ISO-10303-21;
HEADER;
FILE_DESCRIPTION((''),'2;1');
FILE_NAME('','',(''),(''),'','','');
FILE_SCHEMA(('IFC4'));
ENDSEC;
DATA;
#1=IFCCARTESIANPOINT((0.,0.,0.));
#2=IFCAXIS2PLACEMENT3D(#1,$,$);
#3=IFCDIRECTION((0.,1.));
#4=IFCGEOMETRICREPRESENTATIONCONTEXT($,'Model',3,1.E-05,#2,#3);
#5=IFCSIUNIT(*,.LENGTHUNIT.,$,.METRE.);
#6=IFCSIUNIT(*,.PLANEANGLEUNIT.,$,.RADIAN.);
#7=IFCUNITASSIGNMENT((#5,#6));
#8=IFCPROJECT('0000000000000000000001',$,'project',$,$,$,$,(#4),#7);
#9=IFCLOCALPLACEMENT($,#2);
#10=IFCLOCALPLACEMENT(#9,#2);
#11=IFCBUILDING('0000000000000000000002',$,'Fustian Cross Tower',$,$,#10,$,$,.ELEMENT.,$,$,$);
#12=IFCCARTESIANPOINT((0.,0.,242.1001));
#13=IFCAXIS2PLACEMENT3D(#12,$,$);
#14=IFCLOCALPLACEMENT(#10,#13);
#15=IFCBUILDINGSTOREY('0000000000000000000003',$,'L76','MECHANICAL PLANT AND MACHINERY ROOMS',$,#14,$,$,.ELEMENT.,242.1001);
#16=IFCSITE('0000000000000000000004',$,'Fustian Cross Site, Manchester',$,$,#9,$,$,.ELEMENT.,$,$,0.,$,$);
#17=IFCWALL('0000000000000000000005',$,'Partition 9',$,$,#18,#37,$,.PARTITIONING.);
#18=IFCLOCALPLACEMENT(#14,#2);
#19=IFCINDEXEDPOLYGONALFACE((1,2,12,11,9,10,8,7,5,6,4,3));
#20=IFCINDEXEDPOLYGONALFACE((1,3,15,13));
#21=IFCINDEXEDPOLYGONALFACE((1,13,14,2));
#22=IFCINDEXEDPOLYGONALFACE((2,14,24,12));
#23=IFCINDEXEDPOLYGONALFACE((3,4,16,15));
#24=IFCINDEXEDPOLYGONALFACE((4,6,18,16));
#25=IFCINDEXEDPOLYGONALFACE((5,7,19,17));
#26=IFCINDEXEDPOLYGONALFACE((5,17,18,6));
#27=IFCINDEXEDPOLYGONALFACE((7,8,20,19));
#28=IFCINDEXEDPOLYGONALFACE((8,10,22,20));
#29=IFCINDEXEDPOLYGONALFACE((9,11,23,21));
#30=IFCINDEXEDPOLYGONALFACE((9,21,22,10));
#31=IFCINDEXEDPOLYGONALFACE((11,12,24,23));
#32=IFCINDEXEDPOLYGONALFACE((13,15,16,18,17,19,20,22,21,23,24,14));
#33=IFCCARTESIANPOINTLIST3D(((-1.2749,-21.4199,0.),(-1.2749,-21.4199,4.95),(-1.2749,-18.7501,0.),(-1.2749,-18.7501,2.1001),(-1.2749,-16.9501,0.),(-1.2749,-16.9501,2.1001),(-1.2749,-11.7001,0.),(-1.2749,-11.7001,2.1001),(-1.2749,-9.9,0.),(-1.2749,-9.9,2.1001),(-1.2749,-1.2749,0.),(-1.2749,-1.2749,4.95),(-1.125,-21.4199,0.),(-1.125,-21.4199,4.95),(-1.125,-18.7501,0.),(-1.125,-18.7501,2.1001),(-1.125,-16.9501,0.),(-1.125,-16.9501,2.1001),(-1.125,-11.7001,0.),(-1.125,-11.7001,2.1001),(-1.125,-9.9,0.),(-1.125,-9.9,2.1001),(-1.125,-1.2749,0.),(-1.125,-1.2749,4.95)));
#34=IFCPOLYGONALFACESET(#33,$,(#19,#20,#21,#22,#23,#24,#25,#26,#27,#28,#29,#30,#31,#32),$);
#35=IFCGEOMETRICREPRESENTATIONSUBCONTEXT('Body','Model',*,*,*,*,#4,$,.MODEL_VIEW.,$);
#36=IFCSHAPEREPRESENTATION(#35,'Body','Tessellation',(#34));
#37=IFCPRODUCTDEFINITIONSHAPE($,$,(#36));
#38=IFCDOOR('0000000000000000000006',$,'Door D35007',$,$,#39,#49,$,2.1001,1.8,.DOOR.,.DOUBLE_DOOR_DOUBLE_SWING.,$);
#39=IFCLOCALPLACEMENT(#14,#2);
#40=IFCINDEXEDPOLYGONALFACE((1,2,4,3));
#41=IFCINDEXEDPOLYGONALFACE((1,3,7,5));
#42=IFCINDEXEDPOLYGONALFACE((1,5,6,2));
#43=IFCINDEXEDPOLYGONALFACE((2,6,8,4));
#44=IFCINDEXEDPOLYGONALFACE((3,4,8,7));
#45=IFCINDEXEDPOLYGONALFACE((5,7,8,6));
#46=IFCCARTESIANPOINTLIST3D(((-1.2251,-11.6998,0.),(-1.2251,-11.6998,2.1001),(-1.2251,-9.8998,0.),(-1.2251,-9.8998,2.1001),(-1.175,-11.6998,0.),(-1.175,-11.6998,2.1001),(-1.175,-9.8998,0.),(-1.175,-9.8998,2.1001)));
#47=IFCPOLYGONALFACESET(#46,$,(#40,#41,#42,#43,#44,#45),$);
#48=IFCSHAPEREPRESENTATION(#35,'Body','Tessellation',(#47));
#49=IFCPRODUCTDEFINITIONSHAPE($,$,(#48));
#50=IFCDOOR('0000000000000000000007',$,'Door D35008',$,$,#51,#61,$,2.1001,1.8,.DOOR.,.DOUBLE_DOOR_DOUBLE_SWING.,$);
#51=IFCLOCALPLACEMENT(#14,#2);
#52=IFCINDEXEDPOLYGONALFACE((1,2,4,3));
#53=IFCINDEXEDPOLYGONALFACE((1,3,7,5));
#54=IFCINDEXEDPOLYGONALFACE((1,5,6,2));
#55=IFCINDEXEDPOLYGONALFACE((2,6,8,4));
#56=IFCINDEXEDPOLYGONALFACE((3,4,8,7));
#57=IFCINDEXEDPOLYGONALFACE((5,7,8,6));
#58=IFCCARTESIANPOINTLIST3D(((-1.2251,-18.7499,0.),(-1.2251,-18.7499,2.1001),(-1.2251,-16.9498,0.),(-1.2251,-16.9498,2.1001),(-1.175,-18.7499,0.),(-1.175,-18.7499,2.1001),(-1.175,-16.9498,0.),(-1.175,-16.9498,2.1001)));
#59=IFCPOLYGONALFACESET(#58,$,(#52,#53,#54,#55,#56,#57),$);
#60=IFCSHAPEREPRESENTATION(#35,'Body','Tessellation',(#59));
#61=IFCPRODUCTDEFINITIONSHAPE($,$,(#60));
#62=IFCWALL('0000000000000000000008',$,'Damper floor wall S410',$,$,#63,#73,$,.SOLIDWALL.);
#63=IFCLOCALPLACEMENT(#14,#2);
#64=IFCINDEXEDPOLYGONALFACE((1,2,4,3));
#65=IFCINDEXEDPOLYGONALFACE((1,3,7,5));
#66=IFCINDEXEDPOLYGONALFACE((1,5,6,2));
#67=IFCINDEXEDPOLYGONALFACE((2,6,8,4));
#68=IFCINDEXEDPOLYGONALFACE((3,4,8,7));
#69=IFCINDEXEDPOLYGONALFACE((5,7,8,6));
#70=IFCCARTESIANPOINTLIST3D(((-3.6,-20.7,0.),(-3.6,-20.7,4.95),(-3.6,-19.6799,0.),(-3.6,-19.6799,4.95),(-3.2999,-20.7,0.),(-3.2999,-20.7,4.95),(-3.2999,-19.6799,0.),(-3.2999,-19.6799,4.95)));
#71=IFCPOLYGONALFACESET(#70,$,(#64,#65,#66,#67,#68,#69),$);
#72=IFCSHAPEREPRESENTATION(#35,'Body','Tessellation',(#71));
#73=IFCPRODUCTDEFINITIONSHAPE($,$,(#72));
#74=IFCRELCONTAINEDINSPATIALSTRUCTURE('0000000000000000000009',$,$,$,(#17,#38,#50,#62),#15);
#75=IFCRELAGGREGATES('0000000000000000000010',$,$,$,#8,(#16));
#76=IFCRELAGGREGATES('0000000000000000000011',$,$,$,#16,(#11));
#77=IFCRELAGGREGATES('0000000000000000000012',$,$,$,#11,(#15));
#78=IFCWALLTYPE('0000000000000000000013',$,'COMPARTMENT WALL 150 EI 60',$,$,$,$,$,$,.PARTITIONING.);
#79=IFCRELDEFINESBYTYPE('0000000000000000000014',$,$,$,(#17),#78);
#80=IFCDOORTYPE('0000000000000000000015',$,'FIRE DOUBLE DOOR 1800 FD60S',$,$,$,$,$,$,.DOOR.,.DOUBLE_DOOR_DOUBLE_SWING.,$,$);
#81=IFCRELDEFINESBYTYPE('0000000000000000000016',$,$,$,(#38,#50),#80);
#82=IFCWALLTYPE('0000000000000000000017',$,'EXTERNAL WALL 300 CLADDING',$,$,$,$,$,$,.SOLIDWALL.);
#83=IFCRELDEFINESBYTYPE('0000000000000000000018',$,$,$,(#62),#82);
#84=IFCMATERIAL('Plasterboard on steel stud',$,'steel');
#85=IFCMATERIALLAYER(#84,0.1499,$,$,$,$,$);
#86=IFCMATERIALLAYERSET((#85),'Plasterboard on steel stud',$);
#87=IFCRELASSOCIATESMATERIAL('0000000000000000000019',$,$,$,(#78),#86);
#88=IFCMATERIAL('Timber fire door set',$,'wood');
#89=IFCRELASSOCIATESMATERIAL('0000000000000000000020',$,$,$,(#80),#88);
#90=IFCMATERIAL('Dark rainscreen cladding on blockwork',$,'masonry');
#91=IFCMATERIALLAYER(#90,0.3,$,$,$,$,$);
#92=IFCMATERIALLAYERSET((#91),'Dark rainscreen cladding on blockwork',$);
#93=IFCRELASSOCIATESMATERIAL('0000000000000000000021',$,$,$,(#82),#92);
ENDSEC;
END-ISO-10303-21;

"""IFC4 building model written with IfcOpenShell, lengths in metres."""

from ifc_helpers import new_model, si_unit, direction, frame, frame_2d, origin, place, context, subcontext, project, spatial, rectangle, extrude, material, layer, layer_set, type_object, element, fill, save


model = new_model("IFC4")

# Units and contexts
model_context = context("Model", 3, precision=1e-05, world=origin(), true_north=direction((0.0, 1.0)))
body_context = subcontext(model_context, "Body", "Model", "MODEL_VIEW")
ifc_project = project(units=[si_unit("LENGTHUNIT", "METRE"), si_unit("PLANEANGLEUNIT", "RADIAN")], contexts=[model_context])

# Site, building, storey
site_placement = place(None, origin())
site = spatial("IfcSite", under=ifc_project, at=site_placement, Name="Fustian Cross Site, Manchester", CompositionType="ELEMENT", RefElevation=0.0)
building_placement = place(site_placement, origin())
building = spatial("IfcBuilding", under=site, at=building_placement, Name="Fustian Cross Tower", CompositionType="ELEMENT")
storey_placement = place(building_placement, frame((0.0, 0.0, 242.1001)))
storey = spatial("IfcBuildingStorey", under=building, at=storey_placement, Name="L76", Description="MECHANICAL PLANT AND MACHINERY ROOMS", CompositionType="ELEMENT", Elevation=242.1001)

# Wall, openings, doors
ifc_material_1 = material(Name="Plasterboard on steel stud", Category="steel")
ifc_layer_1 = layer(ifc_material_1, 0.1499)
ifc_layer_set_1 = layer_set([ifc_layer_1], Name="Plasterboard on steel stud")
wall_type_1 = type_object("IfcWallType", Name="COMPARTMENT WALL 150 EI 60", PredefinedType="PARTITIONING", material=ifc_layer_set_1)
wall_1_placement = place(storey_placement, frame((-1.2, -21.4199, 0.0), z_axis=(0.0, 0.0, 1.0), x_axis=(0.0, 1.0, 0.0)))
wall_1 = element("IfcWall", 1, at=wall_1_placement, inside=storey, type_object=wall_type_1, Name="Partition 9", PredefinedType="PARTITIONING", context=body_context, shape_type="SweptSolid", body=[
    extrude(rectangle(XDim=20.145, YDim=0.1499, at=frame_2d((10.0725, 0.0))), origin(), (0.0, 0.0, 1.0), 4.95),
])
opening_1_placement = place(wall_1_placement, frame((9.72, 0.0, 0.0)))
opening_1 = element("IfcOpeningElement", 2, at=opening_1_placement, cuts=wall_1, PredefinedType="OPENING", context=body_context, shape_type="SweptSolid", body=[
    extrude(rectangle(XDim=1.8, YDim=2.1001, at=frame_2d((0.8999, 1.05))), frame((0.0, 0.085, 0.0), z_axis=(0.0, -1.0, 0.0), x_axis=(1.0, 0.0, 0.0)), (0.0, 0.0, 1.0), 0.1699),
])
opening_2_placement = place(wall_1_placement, frame((2.6699, 0.0, 0.0)))
opening_2 = element("IfcOpeningElement", 3, at=opening_2_placement, cuts=wall_1, PredefinedType="OPENING", context=body_context, shape_type="SweptSolid", body=[
    extrude(rectangle(XDim=1.8, YDim=2.1001, at=frame_2d((0.8999, 1.05))), frame((0.0, 0.085, 0.0), z_axis=(0.0, -1.0, 0.0), x_axis=(1.0, 0.0, 0.0)), (0.0, 0.0, 1.0), 0.1699),
])
ifc_material_2 = material(Name="Timber fire door set", Category="wood")
door_type = type_object("IfcDoorType", Name="FIRE DOUBLE DOOR 1800 FD60S", OperationType="DOUBLE_DOOR_DOUBLE_SWING", PredefinedType="DOOR", material=ifc_material_2)
door_1_placement = place(opening_1_placement, frame((1.8, 0.0, 0.0), z_axis=(0.0, 0.0, 1.0), x_axis=(-1.0, 0.0, 0.0)))
door_1 = element("IfcDoor", 4, at=door_1_placement, inside=storey, type_object=door_type, Name="Door D35007", OperationType="DOUBLE_DOOR_DOUBLE_SWING", OverallHeight=2.1001, OverallWidth=1.8, PredefinedType="DOOR", context=body_context, shape_type="SweptSolid", body=[
    extrude(rectangle(XDim=1.8, YDim=2.1001, at=frame_2d((0.8999, 1.05))), frame((0.0, 0.0249, 0.0), z_axis=(0.0, -1.0, 0.0), x_axis=(1.0, 0.0, 0.0)), (0.0, 0.0, 1.0), 0.05),
])
fill(opening_1, door_1)
door_2_placement = place(opening_2_placement, frame((1.8, 0.0, 0.0), z_axis=(0.0, 0.0, 1.0), x_axis=(-1.0, 0.0, 0.0)))
door_2 = element("IfcDoor", 5, at=door_2_placement, inside=storey, type_object=door_type, Name="Door D35008", OperationType="DOUBLE_DOOR_DOUBLE_SWING", OverallHeight=2.1001, OverallWidth=1.8, PredefinedType="DOOR", context=body_context, shape_type="SweptSolid", body=[
    extrude(rectangle(XDim=1.8, YDim=2.1001, at=frame_2d((0.8999, 1.05))), frame((0.0, 0.0249, 0.0), z_axis=(0.0, -1.0, 0.0), x_axis=(1.0, 0.0, 0.0)), (0.0, 0.0, 1.0), 0.05),
])
fill(opening_2, door_2)

# Wall
ifc_material_3 = material(Name="Dark rainscreen cladding on blockwork", Category="masonry")
ifc_layer_2 = layer(ifc_material_3, 0.3)
ifc_layer_set_2 = layer_set([ifc_layer_2], Name="Dark rainscreen cladding on blockwork")
wall_type_2 = type_object("IfcWallType", Name="EXTERNAL WALL 300 CLADDING", PredefinedType="SOLIDWALL", material=ifc_layer_set_2)
wall_2_placement = place(storey_placement, frame((-3.45, -19.6799, 0.0), z_axis=(0.0, 0.0, 1.0), x_axis=(0.0, -1.0, 0.0)))
element("IfcWall", 6, at=wall_2_placement, inside=storey, type_object=wall_type_2, Name="Damper floor wall S410", PredefinedType="SOLIDWALL", context=body_context, shape_type="SweptSolid", body=[
    extrude(rectangle(XDim=1.02, YDim=0.3, at=frame_2d((0.51, 0.0))), origin(), (0.0, 0.0, 1.0), 4.95),
])

save(model, "model.ifc")
